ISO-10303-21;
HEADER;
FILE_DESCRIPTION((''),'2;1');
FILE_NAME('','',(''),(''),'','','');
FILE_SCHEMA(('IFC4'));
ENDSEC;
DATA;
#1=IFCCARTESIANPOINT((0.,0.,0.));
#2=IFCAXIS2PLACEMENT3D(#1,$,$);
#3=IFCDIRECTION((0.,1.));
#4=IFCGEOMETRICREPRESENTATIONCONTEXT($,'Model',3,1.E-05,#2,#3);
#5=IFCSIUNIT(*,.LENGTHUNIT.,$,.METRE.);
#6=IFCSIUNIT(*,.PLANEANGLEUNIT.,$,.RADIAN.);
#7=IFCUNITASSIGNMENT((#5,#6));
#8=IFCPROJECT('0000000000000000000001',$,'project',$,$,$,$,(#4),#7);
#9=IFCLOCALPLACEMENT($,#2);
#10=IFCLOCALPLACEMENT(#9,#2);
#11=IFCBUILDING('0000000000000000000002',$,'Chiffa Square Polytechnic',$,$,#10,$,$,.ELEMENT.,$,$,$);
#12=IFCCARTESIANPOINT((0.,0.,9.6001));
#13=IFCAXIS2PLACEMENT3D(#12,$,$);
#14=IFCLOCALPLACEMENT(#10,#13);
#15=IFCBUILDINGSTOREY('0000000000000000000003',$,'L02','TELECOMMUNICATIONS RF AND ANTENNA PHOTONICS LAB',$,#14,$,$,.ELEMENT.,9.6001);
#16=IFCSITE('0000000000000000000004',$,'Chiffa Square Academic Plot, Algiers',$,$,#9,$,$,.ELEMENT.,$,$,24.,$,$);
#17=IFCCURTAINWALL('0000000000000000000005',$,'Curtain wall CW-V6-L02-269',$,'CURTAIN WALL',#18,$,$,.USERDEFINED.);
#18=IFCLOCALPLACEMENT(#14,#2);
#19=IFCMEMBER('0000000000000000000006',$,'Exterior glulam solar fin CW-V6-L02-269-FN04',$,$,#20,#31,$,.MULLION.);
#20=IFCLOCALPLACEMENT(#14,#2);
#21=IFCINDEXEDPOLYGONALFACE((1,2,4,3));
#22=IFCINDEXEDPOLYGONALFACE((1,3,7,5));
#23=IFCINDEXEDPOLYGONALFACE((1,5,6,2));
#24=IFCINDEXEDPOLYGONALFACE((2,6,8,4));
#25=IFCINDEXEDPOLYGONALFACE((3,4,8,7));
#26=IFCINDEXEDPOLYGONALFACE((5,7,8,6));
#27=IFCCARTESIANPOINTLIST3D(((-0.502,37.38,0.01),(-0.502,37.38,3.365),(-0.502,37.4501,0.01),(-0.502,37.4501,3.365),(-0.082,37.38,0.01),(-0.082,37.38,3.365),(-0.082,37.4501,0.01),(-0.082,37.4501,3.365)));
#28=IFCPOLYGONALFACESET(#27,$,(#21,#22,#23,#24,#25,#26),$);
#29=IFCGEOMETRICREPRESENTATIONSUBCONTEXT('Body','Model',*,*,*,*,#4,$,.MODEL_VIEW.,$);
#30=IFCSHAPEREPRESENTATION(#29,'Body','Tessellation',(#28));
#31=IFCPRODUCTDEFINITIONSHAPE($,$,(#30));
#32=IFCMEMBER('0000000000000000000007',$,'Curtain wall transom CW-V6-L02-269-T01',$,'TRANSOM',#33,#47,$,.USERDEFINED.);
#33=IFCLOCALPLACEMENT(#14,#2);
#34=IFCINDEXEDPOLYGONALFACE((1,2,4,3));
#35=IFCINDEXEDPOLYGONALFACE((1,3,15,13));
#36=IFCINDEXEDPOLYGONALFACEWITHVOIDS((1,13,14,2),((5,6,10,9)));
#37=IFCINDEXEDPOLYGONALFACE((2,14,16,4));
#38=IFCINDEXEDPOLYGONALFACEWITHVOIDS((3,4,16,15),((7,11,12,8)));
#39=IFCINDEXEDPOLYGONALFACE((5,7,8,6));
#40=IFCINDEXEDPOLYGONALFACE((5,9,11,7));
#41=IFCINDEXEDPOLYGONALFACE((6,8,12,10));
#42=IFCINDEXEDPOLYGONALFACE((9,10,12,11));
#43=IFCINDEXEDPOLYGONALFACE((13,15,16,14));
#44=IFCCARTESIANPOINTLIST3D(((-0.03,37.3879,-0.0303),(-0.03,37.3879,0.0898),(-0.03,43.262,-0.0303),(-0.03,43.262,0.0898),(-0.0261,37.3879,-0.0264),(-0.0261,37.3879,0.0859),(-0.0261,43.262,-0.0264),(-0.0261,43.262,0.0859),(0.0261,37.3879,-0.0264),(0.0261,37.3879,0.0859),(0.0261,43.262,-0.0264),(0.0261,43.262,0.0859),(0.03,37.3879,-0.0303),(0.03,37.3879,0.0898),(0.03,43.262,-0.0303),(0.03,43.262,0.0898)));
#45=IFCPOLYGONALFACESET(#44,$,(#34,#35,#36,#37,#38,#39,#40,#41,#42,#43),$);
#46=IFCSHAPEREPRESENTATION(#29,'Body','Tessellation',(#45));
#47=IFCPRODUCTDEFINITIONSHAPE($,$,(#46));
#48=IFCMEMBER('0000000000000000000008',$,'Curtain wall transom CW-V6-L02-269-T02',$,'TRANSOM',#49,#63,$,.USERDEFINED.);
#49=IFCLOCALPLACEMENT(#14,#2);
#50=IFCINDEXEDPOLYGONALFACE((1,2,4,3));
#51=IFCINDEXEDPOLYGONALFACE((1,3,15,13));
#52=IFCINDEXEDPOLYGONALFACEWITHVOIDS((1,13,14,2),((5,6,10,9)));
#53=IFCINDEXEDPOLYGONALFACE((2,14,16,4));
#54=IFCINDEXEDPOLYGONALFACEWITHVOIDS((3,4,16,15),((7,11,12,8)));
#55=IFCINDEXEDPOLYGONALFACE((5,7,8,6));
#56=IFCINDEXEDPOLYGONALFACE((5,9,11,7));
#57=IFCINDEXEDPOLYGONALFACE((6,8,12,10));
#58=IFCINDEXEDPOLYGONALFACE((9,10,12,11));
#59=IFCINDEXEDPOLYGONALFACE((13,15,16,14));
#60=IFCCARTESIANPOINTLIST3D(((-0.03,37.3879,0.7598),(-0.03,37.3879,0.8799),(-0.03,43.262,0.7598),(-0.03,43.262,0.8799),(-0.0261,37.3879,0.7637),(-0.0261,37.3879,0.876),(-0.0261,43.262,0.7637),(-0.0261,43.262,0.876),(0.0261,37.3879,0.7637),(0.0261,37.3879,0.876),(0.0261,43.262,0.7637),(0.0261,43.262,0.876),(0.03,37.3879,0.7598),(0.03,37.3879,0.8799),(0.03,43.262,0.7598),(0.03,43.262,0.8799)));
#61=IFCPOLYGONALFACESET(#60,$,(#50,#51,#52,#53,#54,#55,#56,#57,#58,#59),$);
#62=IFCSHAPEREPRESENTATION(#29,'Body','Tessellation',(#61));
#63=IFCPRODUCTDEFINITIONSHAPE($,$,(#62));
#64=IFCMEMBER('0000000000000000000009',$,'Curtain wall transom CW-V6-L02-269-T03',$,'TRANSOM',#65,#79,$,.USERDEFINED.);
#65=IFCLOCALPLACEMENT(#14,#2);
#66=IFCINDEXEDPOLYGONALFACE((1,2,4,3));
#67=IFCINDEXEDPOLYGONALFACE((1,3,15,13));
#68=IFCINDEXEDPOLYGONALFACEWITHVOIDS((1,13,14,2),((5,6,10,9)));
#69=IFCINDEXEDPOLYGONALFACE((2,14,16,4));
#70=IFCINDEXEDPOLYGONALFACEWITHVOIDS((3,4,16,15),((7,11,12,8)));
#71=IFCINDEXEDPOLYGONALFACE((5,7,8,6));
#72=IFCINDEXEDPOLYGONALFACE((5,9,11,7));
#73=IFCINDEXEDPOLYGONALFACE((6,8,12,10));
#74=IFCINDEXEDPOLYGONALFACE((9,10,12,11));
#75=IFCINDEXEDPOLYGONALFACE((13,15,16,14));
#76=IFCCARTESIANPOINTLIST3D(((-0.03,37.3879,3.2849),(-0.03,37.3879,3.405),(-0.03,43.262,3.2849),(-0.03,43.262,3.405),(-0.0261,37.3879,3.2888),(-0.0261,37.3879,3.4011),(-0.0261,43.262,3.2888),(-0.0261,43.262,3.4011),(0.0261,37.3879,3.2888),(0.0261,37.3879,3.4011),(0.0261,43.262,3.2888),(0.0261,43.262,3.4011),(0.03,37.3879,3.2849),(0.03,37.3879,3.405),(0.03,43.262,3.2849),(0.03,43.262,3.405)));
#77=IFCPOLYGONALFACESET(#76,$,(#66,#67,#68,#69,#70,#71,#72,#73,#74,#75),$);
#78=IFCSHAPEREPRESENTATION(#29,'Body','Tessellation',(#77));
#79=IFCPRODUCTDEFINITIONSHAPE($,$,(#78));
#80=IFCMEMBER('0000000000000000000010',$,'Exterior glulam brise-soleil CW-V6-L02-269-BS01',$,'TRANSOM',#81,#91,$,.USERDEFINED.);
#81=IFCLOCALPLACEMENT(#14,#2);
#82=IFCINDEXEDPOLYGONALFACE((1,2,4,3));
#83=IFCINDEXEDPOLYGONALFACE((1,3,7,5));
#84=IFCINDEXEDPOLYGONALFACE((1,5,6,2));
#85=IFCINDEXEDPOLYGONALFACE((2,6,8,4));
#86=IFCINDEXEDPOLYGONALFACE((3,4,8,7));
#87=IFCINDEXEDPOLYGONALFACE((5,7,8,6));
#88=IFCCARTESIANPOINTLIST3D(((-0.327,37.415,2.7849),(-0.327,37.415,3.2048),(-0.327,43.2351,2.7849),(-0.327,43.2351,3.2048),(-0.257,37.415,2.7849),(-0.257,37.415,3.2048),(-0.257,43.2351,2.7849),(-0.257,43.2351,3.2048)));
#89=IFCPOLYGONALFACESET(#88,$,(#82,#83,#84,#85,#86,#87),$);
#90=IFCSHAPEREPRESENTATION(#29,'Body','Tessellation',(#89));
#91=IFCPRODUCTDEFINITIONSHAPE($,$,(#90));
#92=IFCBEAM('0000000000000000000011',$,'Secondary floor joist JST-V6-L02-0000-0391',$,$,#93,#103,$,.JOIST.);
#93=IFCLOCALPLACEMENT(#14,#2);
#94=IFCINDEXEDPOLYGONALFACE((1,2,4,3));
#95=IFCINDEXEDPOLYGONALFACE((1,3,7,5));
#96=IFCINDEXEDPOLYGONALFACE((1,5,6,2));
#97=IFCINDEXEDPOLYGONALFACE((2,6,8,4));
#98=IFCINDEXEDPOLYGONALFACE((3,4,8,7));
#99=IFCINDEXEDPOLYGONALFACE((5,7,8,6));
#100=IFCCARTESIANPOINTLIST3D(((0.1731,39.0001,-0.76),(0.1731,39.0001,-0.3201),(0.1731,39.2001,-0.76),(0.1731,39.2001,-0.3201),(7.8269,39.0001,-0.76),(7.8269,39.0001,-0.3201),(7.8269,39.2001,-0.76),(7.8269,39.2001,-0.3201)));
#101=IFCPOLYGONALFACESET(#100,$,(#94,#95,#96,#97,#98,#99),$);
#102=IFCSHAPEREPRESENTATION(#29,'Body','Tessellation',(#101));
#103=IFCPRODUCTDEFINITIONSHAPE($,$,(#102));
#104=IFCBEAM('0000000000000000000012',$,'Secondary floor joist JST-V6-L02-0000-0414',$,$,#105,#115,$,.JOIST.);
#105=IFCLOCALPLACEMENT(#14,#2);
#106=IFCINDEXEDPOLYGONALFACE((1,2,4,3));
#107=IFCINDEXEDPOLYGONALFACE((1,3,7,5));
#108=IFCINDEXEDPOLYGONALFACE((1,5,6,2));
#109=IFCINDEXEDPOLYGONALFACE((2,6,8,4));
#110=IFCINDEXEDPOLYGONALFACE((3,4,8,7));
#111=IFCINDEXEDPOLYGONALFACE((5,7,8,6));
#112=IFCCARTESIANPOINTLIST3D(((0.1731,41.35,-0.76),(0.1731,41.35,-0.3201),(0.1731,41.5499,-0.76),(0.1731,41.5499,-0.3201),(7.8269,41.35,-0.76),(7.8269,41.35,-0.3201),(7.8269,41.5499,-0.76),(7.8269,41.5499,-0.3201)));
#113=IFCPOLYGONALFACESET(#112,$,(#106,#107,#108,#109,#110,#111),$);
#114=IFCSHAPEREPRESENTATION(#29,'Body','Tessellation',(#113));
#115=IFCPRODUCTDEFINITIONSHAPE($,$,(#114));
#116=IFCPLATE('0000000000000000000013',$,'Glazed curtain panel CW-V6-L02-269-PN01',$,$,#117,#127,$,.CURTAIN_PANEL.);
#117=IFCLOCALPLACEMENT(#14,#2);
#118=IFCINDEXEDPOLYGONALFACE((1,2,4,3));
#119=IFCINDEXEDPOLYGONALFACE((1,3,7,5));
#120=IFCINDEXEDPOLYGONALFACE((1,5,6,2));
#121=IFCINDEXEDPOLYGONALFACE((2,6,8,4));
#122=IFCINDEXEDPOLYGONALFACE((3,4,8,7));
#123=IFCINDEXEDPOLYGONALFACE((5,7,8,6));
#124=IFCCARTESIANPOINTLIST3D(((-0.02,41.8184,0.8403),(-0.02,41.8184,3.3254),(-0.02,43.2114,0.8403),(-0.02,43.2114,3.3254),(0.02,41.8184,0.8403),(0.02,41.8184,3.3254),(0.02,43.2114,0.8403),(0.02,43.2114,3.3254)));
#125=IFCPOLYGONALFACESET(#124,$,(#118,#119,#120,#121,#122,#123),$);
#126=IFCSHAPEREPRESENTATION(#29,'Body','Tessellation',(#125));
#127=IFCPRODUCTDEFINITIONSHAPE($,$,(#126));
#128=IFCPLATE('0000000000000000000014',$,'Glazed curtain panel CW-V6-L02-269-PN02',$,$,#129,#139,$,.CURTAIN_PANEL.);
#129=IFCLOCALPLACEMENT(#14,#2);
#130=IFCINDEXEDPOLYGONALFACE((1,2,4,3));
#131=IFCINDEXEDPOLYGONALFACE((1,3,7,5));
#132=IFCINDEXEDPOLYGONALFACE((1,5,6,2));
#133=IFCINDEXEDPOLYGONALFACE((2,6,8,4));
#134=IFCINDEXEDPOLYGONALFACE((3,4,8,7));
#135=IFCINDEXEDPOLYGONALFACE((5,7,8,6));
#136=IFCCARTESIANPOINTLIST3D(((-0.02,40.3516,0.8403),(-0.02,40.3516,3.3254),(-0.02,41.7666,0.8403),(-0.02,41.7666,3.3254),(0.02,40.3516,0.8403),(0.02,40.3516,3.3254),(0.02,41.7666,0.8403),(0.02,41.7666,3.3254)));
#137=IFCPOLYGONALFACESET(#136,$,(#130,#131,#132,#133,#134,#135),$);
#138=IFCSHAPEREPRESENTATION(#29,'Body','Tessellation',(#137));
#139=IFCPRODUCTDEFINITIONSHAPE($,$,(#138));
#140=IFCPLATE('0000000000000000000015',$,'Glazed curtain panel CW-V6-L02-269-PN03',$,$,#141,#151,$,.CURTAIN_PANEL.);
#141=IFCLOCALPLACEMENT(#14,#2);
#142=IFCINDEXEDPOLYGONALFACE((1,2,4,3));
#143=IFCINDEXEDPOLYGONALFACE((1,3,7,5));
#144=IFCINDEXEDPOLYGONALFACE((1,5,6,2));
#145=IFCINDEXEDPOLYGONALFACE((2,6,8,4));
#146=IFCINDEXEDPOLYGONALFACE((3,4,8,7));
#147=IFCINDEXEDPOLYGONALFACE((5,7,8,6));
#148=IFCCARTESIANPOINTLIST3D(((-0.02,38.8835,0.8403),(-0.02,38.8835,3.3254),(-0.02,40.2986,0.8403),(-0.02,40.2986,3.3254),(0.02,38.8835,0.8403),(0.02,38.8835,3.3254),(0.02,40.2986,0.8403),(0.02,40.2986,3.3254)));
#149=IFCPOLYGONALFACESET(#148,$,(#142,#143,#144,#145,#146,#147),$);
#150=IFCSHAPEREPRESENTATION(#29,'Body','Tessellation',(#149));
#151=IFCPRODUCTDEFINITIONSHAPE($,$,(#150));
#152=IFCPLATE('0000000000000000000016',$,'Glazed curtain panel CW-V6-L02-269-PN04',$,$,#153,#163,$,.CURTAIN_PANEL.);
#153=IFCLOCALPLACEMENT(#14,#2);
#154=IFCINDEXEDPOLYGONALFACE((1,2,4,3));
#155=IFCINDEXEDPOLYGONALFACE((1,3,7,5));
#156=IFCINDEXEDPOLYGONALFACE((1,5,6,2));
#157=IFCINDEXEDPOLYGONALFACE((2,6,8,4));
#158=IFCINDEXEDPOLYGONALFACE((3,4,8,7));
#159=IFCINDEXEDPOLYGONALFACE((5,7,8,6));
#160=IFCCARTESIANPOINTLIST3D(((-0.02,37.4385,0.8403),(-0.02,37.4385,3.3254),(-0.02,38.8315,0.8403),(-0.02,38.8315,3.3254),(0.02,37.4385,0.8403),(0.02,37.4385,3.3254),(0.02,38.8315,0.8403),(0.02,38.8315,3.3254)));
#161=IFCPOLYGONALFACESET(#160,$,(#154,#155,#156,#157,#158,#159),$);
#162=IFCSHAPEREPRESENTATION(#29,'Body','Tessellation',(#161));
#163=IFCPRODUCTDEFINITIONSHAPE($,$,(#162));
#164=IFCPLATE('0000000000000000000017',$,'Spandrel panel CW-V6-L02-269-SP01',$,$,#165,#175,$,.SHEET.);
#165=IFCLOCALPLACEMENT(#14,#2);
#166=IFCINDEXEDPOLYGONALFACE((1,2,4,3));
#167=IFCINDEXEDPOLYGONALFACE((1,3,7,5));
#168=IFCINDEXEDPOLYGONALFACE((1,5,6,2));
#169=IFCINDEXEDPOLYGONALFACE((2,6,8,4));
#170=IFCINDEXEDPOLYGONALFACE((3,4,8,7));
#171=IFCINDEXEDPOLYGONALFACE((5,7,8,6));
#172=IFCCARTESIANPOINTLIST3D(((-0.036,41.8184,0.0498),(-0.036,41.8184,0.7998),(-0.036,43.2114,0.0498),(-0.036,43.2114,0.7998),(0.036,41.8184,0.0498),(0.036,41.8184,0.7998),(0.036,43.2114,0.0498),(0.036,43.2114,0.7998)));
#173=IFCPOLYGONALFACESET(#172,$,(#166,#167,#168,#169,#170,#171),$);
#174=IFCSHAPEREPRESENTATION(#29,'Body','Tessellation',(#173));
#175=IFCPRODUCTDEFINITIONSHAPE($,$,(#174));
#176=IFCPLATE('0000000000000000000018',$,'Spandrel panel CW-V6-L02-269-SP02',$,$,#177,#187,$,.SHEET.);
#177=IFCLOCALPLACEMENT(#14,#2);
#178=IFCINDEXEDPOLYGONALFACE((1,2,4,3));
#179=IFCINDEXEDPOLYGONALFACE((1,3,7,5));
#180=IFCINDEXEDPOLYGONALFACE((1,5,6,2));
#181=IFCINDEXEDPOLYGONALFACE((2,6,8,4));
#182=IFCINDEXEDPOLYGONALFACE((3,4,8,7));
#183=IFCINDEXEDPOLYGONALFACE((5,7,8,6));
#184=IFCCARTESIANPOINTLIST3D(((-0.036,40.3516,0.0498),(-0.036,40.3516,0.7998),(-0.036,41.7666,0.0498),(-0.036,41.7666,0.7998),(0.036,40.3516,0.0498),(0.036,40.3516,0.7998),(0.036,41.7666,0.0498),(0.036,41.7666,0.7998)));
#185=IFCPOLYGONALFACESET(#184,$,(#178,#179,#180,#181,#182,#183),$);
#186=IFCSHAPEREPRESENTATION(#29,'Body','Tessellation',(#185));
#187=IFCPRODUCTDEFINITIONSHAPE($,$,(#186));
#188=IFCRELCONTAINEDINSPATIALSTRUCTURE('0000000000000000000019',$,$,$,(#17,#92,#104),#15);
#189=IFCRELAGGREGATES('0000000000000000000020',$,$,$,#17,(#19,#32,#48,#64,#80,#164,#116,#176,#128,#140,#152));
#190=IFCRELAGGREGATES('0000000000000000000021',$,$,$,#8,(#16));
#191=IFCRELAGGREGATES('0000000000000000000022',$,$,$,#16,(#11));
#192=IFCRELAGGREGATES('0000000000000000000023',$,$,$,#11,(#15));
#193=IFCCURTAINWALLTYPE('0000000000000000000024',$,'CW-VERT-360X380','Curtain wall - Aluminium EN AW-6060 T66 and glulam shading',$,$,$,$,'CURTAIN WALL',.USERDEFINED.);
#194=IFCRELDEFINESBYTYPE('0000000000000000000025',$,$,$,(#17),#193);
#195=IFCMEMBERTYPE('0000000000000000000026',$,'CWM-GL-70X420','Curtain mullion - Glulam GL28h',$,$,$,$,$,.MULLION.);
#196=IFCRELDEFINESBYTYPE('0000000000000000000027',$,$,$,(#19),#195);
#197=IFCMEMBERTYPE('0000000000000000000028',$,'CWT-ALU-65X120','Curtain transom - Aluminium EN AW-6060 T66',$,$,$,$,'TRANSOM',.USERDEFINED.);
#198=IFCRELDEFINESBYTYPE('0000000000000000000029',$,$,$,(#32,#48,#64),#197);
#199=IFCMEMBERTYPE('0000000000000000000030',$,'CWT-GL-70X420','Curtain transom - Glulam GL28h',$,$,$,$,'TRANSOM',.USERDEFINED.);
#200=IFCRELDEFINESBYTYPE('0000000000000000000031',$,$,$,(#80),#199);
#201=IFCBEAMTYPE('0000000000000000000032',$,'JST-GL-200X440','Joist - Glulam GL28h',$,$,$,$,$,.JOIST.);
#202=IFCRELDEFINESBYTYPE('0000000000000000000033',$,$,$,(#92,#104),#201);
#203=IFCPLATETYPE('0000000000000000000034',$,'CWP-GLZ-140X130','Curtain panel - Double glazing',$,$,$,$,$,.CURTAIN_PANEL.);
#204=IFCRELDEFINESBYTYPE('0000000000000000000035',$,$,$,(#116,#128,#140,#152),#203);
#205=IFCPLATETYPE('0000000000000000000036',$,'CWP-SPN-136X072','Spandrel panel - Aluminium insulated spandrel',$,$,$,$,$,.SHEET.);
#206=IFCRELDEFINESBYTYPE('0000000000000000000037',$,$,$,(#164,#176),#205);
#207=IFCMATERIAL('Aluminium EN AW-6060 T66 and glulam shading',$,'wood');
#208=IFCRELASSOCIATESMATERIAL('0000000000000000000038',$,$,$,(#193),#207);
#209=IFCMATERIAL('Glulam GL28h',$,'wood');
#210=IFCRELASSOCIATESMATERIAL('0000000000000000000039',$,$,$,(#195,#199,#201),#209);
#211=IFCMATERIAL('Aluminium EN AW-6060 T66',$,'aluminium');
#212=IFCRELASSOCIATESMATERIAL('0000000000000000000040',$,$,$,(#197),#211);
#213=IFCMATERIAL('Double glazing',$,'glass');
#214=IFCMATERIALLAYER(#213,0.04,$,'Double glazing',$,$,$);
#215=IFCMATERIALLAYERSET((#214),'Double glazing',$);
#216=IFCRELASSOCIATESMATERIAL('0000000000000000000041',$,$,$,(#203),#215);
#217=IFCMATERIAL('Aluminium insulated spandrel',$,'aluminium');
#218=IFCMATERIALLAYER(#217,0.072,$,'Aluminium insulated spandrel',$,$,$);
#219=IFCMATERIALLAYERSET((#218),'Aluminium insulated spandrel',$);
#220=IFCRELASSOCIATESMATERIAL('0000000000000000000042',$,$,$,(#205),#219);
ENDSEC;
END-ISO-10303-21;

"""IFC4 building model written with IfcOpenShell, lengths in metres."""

from ifc_helpers import new_model, si_unit, direction, frame, origin, origin_2d, place, context, subcontext, project, spatial, rectangle, hollow_rectangle, extrude, material, layer, layer_set, material_profile, profile_set, type_object, element, aggregate, save


model = new_model("IFC4")

# Units and contexts
model_context = context("Model", 3, precision=1e-05, world=origin(), true_north=direction((0.0, 1.0)))
body_context = subcontext(model_context, "Body", "Model", "MODEL_VIEW")
ifc_project = project(units=[si_unit("LENGTHUNIT", "METRE"), si_unit("PLANEANGLEUNIT", "RADIAN")], contexts=[model_context])

# Site, building, storey
site_placement = place(None, origin())
site = spatial("IfcSite", under=ifc_project, at=site_placement, Name="Chiffa Square Academic Plot, Algiers", CompositionType="ELEMENT", RefElevation=24.0)
building_placement = place(site_placement, origin())
building = spatial("IfcBuilding", under=site, at=building_placement, Name="Chiffa Square Polytechnic", CompositionType="ELEMENT")
storey_placement = place(building_placement, frame((0.0, 0.0, 9.6001)))
storey = spatial("IfcBuildingStorey", under=building, at=storey_placement, Name="L02", Description="TELECOMMUNICATIONS RF AND ANTENNA PHOTONICS LAB", CompositionType="ELEMENT", Elevation=9.6001)

# Curtain wall, members
ifc_material_1 = material(Name="Aluminium EN AW-6060 T66 and glulam shading", Category="wood")
curtain_wall_type = type_object("IfcCurtainWallType", Name="CW-VERT-360X380", Description="Curtain wall - Aluminium EN AW-6060 T66 and glulam shading", ElementType="CURTAIN WALL", PredefinedType="USERDEFINED", material=ifc_material_1)
curtain_wall_placement = place(storey_placement, origin())
curtain_wall = element("IfcCurtainWall", 1, at=curtain_wall_placement, inside=storey, type_object=curtain_wall_type, Name="Curtain wall CW-V6-L02-269", ObjectType="CURTAIN WALL", PredefinedType="USERDEFINED")
ifc_material_2 = material(Name="Aluminium EN AW-6060 T66", Category="aluminium")
ifc_material_3 = material(Name="Glulam GL28h", Category="wood")
ifc_material_profile_1 = material_profile(ifc_material_3, rectangle(XDim=0.0701, YDim=0.4199, at=origin_2d()), Name="GL28h 70x420")
ifc_profile_set_1 = profile_set([ifc_material_profile_1], Name="Glulam GL28h")
member_type_1 = type_object("IfcMemberType", Name="CWM-GL-70X420", Description="Curtain mullion - Glulam GL28h", PredefinedType="MULLION", material=ifc_profile_set_1)
member_1_placement = place(storey_placement, frame((-0.292, 37.415, 0.01), z_axis=(0.0, 0.0, 1.0), x_axis=(0.0, -1.0, 0.0)))
member_1 = element("IfcMember", 2, at=member_1_placement, type_object=member_type_1, Name="Exterior glulam solar fin CW-V6-L02-269-FN04", PredefinedType="MULLION", context=body_context, shape_type="SweptSolid", body=[
    extrude(rectangle(XDim=0.0701, YDim=0.4199, at=origin_2d()), origin(), (0.0, 0.0, 1.0), 3.355),
])
ifc_material_profile_2 = material_profile(ifc_material_2, hollow_rectangle(XDim=0.0601, YDim=0.1201, WallThickness=0.0039, at=origin_2d()), Name="ALU 60x120x4")
ifc_profile_set_2 = profile_set([ifc_material_profile_2], Name="Aluminium EN AW-6060 T66")
member_type_2 = type_object("IfcMemberType", Name="CWT-ALU-65X120", Description="Curtain transom - Aluminium EN AW-6060 T66", ElementType="TRANSOM", PredefinedType="USERDEFINED", material=ifc_profile_set_2)
member_2_placement = place(storey_placement, frame((0.0, 43.262, 0.0298), z_axis=(0.0, -1.0, 0.0), x_axis=(1.0, 0.0, 0.0)))
member_2 = element("IfcMember", 3, at=member_2_placement, type_object=member_type_2, Name="Curtain wall transom CW-V6-L02-269-T01", ObjectType="TRANSOM", PredefinedType="USERDEFINED", context=body_context, shape_type="SweptSolid", body=[
    extrude(hollow_rectangle(XDim=0.0601, YDim=0.1201, WallThickness=0.0039, at=origin_2d()), origin(), (0.0, 0.0, 1.0), 5.874),
])
member_3_placement = place(storey_placement, frame((0.0, 43.262, 0.8198), z_axis=(0.0, -1.0, 0.0), x_axis=(1.0, 0.0, 0.0)))
member_3 = element("IfcMember", 4, at=member_3_placement, type_object=member_type_2, Name="Curtain wall transom CW-V6-L02-269-T02", ObjectType="TRANSOM", PredefinedType="USERDEFINED", context=body_context, shape_type="SweptSolid", body=[
    extrude(hollow_rectangle(XDim=0.0601, YDim=0.1201, WallThickness=0.0039, at=origin_2d()), origin(), (0.0, 0.0, 1.0), 5.874),
])
member_4_placement = place(storey_placement, frame((0.0, 43.262, 3.345), z_axis=(0.0, -1.0, 0.0), x_axis=(1.0, 0.0, 0.0)))
member_4 = element("IfcMember", 5, at=member_4_placement, type_object=member_type_2, Name="Curtain wall transom CW-V6-L02-269-T03", ObjectType="TRANSOM", PredefinedType="USERDEFINED", context=body_context, shape_type="SweptSolid", body=[
    extrude(hollow_rectangle(XDim=0.0601, YDim=0.1201, WallThickness=0.0039, at=origin_2d()), origin(), (0.0, 0.0, 1.0), 5.874),
])
ifc_material_profile_3 = material_profile(ifc_material_3, rectangle(XDim=0.0701, YDim=0.4199, at=origin_2d()), Name="GL28h 70x420")
ifc_profile_set_3 = profile_set([ifc_material_profile_3], Name="Glulam GL28h")
member_type_3 = type_object("IfcMemberType", Name="CWT-GL-70X420", Description="Curtain transom - Glulam GL28h", ElementType="TRANSOM", PredefinedType="USERDEFINED", material=ifc_profile_set_3)
member_5_placement = place(storey_placement, frame((-0.292, 43.2351, 2.9949), z_axis=(0.0, -1.0, 0.0), x_axis=(1.0, 0.0, 0.0)))
member_5 = element("IfcMember", 6, at=member_5_placement, type_object=member_type_3, Name="Exterior glulam brise-soleil CW-V6-L02-269-BS01", ObjectType="TRANSOM", PredefinedType="USERDEFINED", context=body_context, shape_type="SweptSolid", body=[
    extrude(rectangle(XDim=0.0701, YDim=0.4199, at=origin_2d()), origin(), (0.0, 0.0, 1.0), 5.8201),
])

# Beams
ifc_material_profile_4 = material_profile(ifc_material_3, rectangle(XDim=0.2, YDim=0.4399, at=origin_2d()), Name="GL28h 200x440")
ifc_profile_set_4 = profile_set([ifc_material_profile_4], Name="Glulam GL28h")
beam_type_1 = type_object("IfcBeamType", Name="JST-GL-200X440", Description="Joist - Glulam GL28h", PredefinedType="JOIST", material=ifc_profile_set_4)
for number, where, z_axis, x_axis, name in (
    (7, (0.1731, 39.1001, -0.54), (1.0, 0.0, 0.0), (0.0, 1.0, 0.0), "Secondary floor joist JST-V6-L02-0000-0391"),
    (8, (0.1731, 41.45, -0.54), (1.0, 0.0, 0.0), (0.0, 1.0, 0.0), "Secondary floor joist JST-V6-L02-0000-0414"),
):
    element("IfcBeam", number, at=place(storey_placement, frame(where, z_axis=z_axis, x_axis=x_axis)), inside=storey, type_object=beam_type_1, Name=name, PredefinedType="JOIST", context=body_context, shape_type="SweptSolid", body=[
        extrude(rectangle(XDim=0.2, YDim=0.4399, at=origin_2d()), origin(), (0.0, 0.0, 1.0), 7.6538),
    ])

# Plates
ifc_material_4 = material(Name="Double glazing", Category="glass")
ifc_layer_1 = layer(ifc_material_4, 0.04, Name="Double glazing")
ifc_layer_set_1 = layer_set([ifc_layer_1], Name="Double glazing")
plate_type_1 = type_object("IfcPlateType", Name="CWP-GLZ-140X130", Description="Curtain panel - Double glazing", PredefinedType="CURTAIN_PANEL", material=ifc_layer_set_1)
plate_1_placement = place(storey_placement, frame((0.0, 42.5149, 0.8403), z_axis=(0.0, 0.0, 1.0), x_axis=(0.0, -1.0, 0.0)))
plate_1 = element("IfcPlate", 9, at=plate_1_placement, type_object=plate_type_1, Name="Glazed curtain panel CW-V6-L02-269-PN01", PredefinedType="CURTAIN_PANEL", context=body_context, shape_type="SweptSolid", body=[
    extrude(rectangle(XDim=1.3931, YDim=0.04, at=origin_2d()), origin(), (0.0, 0.0, 1.0), 2.4851),
])
plate_2_placement = place(storey_placement, frame((0.0, 41.0591, 0.8403), z_axis=(0.0, 0.0, 1.0), x_axis=(0.0, -1.0, 0.0)))
plate_2 = element("IfcPlate", 10, at=plate_2_placement, type_object=plate_type_1, Name="Glazed curtain panel CW-V6-L02-269-PN02", PredefinedType="CURTAIN_PANEL", context=body_context, shape_type="SweptSolid", body=[
    extrude(rectangle(XDim=1.415, YDim=0.04, at=origin_2d()), origin(), (0.0, 0.0, 1.0), 2.4851),
])
plate_3_placement = place(storey_placement, frame((0.0, 39.5911, 0.8403), z_axis=(0.0, 0.0, 1.0), x_axis=(0.0, -1.0, 0.0)))
plate_3 = element("IfcPlate", 11, at=plate_3_placement, type_object=plate_type_1, Name="Glazed curtain panel CW-V6-L02-269-PN03", PredefinedType="CURTAIN_PANEL", context=body_context, shape_type="SweptSolid", body=[
    extrude(rectangle(XDim=1.415, YDim=0.04, at=origin_2d()), origin(), (0.0, 0.0, 1.0), 2.4851),
])
plate_4_placement = place(storey_placement, frame((0.0, 38.135, 0.8403), z_axis=(0.0, 0.0, 1.0), x_axis=(0.0, -1.0, 0.0)))
plate_4 = element("IfcPlate", 12, at=plate_4_placement, type_object=plate_type_1, Name="Glazed curtain panel CW-V6-L02-269-PN04", PredefinedType="CURTAIN_PANEL", context=body_context, shape_type="SweptSolid", body=[
    extrude(rectangle(XDim=1.3931, YDim=0.04, at=origin_2d()), origin(), (0.0, 0.0, 1.0), 2.4851),
])
ifc_material_5 = material(Name="Aluminium insulated spandrel", Category="aluminium")
ifc_layer_2 = layer(ifc_material_5, 0.072, Name="Aluminium insulated spandrel")
ifc_layer_set_2 = layer_set([ifc_layer_2], Name="Aluminium insulated spandrel")
plate_type_2 = type_object("IfcPlateType", Name="CWP-SPN-136X072", Description="Spandrel panel - Aluminium insulated spandrel", PredefinedType="SHEET", material=ifc_layer_set_2)
plate_5_placement = place(storey_placement, frame((0.0, 42.5149, 0.0498), z_axis=(0.0, 0.0, 1.0), x_axis=(0.0, -1.0, 0.0)))
plate_5 = element("IfcPlate", 13, at=plate_5_placement, type_object=plate_type_2, Name="Spandrel panel CW-V6-L02-269-SP01", PredefinedType="SHEET", context=body_context, shape_type="SweptSolid", body=[
    extrude(rectangle(XDim=1.3931, YDim=0.072, at=origin_2d()), origin(), (0.0, 0.0, 1.0), 0.75),
])
plate_6_placement = place(storey_placement, frame((0.0, 41.0591, 0.0498), z_axis=(0.0, 0.0, 1.0), x_axis=(0.0, -1.0, 0.0)))
plate_6 = element("IfcPlate", 14, at=plate_6_placement, type_object=plate_type_2, Name="Spandrel panel CW-V6-L02-269-SP02", PredefinedType="SHEET", context=body_context, shape_type="SweptSolid", body=[
    extrude(rectangle(XDim=1.415, YDim=0.072, at=origin_2d()), origin(), (0.0, 0.0, 1.0), 0.75),
])
aggregate(curtain_wall, [member_1, member_2, member_3, member_4, member_5, plate_5, plate_1, plate_6, plate_2, plate_3, plate_4])

save(model, "model.ifc")
